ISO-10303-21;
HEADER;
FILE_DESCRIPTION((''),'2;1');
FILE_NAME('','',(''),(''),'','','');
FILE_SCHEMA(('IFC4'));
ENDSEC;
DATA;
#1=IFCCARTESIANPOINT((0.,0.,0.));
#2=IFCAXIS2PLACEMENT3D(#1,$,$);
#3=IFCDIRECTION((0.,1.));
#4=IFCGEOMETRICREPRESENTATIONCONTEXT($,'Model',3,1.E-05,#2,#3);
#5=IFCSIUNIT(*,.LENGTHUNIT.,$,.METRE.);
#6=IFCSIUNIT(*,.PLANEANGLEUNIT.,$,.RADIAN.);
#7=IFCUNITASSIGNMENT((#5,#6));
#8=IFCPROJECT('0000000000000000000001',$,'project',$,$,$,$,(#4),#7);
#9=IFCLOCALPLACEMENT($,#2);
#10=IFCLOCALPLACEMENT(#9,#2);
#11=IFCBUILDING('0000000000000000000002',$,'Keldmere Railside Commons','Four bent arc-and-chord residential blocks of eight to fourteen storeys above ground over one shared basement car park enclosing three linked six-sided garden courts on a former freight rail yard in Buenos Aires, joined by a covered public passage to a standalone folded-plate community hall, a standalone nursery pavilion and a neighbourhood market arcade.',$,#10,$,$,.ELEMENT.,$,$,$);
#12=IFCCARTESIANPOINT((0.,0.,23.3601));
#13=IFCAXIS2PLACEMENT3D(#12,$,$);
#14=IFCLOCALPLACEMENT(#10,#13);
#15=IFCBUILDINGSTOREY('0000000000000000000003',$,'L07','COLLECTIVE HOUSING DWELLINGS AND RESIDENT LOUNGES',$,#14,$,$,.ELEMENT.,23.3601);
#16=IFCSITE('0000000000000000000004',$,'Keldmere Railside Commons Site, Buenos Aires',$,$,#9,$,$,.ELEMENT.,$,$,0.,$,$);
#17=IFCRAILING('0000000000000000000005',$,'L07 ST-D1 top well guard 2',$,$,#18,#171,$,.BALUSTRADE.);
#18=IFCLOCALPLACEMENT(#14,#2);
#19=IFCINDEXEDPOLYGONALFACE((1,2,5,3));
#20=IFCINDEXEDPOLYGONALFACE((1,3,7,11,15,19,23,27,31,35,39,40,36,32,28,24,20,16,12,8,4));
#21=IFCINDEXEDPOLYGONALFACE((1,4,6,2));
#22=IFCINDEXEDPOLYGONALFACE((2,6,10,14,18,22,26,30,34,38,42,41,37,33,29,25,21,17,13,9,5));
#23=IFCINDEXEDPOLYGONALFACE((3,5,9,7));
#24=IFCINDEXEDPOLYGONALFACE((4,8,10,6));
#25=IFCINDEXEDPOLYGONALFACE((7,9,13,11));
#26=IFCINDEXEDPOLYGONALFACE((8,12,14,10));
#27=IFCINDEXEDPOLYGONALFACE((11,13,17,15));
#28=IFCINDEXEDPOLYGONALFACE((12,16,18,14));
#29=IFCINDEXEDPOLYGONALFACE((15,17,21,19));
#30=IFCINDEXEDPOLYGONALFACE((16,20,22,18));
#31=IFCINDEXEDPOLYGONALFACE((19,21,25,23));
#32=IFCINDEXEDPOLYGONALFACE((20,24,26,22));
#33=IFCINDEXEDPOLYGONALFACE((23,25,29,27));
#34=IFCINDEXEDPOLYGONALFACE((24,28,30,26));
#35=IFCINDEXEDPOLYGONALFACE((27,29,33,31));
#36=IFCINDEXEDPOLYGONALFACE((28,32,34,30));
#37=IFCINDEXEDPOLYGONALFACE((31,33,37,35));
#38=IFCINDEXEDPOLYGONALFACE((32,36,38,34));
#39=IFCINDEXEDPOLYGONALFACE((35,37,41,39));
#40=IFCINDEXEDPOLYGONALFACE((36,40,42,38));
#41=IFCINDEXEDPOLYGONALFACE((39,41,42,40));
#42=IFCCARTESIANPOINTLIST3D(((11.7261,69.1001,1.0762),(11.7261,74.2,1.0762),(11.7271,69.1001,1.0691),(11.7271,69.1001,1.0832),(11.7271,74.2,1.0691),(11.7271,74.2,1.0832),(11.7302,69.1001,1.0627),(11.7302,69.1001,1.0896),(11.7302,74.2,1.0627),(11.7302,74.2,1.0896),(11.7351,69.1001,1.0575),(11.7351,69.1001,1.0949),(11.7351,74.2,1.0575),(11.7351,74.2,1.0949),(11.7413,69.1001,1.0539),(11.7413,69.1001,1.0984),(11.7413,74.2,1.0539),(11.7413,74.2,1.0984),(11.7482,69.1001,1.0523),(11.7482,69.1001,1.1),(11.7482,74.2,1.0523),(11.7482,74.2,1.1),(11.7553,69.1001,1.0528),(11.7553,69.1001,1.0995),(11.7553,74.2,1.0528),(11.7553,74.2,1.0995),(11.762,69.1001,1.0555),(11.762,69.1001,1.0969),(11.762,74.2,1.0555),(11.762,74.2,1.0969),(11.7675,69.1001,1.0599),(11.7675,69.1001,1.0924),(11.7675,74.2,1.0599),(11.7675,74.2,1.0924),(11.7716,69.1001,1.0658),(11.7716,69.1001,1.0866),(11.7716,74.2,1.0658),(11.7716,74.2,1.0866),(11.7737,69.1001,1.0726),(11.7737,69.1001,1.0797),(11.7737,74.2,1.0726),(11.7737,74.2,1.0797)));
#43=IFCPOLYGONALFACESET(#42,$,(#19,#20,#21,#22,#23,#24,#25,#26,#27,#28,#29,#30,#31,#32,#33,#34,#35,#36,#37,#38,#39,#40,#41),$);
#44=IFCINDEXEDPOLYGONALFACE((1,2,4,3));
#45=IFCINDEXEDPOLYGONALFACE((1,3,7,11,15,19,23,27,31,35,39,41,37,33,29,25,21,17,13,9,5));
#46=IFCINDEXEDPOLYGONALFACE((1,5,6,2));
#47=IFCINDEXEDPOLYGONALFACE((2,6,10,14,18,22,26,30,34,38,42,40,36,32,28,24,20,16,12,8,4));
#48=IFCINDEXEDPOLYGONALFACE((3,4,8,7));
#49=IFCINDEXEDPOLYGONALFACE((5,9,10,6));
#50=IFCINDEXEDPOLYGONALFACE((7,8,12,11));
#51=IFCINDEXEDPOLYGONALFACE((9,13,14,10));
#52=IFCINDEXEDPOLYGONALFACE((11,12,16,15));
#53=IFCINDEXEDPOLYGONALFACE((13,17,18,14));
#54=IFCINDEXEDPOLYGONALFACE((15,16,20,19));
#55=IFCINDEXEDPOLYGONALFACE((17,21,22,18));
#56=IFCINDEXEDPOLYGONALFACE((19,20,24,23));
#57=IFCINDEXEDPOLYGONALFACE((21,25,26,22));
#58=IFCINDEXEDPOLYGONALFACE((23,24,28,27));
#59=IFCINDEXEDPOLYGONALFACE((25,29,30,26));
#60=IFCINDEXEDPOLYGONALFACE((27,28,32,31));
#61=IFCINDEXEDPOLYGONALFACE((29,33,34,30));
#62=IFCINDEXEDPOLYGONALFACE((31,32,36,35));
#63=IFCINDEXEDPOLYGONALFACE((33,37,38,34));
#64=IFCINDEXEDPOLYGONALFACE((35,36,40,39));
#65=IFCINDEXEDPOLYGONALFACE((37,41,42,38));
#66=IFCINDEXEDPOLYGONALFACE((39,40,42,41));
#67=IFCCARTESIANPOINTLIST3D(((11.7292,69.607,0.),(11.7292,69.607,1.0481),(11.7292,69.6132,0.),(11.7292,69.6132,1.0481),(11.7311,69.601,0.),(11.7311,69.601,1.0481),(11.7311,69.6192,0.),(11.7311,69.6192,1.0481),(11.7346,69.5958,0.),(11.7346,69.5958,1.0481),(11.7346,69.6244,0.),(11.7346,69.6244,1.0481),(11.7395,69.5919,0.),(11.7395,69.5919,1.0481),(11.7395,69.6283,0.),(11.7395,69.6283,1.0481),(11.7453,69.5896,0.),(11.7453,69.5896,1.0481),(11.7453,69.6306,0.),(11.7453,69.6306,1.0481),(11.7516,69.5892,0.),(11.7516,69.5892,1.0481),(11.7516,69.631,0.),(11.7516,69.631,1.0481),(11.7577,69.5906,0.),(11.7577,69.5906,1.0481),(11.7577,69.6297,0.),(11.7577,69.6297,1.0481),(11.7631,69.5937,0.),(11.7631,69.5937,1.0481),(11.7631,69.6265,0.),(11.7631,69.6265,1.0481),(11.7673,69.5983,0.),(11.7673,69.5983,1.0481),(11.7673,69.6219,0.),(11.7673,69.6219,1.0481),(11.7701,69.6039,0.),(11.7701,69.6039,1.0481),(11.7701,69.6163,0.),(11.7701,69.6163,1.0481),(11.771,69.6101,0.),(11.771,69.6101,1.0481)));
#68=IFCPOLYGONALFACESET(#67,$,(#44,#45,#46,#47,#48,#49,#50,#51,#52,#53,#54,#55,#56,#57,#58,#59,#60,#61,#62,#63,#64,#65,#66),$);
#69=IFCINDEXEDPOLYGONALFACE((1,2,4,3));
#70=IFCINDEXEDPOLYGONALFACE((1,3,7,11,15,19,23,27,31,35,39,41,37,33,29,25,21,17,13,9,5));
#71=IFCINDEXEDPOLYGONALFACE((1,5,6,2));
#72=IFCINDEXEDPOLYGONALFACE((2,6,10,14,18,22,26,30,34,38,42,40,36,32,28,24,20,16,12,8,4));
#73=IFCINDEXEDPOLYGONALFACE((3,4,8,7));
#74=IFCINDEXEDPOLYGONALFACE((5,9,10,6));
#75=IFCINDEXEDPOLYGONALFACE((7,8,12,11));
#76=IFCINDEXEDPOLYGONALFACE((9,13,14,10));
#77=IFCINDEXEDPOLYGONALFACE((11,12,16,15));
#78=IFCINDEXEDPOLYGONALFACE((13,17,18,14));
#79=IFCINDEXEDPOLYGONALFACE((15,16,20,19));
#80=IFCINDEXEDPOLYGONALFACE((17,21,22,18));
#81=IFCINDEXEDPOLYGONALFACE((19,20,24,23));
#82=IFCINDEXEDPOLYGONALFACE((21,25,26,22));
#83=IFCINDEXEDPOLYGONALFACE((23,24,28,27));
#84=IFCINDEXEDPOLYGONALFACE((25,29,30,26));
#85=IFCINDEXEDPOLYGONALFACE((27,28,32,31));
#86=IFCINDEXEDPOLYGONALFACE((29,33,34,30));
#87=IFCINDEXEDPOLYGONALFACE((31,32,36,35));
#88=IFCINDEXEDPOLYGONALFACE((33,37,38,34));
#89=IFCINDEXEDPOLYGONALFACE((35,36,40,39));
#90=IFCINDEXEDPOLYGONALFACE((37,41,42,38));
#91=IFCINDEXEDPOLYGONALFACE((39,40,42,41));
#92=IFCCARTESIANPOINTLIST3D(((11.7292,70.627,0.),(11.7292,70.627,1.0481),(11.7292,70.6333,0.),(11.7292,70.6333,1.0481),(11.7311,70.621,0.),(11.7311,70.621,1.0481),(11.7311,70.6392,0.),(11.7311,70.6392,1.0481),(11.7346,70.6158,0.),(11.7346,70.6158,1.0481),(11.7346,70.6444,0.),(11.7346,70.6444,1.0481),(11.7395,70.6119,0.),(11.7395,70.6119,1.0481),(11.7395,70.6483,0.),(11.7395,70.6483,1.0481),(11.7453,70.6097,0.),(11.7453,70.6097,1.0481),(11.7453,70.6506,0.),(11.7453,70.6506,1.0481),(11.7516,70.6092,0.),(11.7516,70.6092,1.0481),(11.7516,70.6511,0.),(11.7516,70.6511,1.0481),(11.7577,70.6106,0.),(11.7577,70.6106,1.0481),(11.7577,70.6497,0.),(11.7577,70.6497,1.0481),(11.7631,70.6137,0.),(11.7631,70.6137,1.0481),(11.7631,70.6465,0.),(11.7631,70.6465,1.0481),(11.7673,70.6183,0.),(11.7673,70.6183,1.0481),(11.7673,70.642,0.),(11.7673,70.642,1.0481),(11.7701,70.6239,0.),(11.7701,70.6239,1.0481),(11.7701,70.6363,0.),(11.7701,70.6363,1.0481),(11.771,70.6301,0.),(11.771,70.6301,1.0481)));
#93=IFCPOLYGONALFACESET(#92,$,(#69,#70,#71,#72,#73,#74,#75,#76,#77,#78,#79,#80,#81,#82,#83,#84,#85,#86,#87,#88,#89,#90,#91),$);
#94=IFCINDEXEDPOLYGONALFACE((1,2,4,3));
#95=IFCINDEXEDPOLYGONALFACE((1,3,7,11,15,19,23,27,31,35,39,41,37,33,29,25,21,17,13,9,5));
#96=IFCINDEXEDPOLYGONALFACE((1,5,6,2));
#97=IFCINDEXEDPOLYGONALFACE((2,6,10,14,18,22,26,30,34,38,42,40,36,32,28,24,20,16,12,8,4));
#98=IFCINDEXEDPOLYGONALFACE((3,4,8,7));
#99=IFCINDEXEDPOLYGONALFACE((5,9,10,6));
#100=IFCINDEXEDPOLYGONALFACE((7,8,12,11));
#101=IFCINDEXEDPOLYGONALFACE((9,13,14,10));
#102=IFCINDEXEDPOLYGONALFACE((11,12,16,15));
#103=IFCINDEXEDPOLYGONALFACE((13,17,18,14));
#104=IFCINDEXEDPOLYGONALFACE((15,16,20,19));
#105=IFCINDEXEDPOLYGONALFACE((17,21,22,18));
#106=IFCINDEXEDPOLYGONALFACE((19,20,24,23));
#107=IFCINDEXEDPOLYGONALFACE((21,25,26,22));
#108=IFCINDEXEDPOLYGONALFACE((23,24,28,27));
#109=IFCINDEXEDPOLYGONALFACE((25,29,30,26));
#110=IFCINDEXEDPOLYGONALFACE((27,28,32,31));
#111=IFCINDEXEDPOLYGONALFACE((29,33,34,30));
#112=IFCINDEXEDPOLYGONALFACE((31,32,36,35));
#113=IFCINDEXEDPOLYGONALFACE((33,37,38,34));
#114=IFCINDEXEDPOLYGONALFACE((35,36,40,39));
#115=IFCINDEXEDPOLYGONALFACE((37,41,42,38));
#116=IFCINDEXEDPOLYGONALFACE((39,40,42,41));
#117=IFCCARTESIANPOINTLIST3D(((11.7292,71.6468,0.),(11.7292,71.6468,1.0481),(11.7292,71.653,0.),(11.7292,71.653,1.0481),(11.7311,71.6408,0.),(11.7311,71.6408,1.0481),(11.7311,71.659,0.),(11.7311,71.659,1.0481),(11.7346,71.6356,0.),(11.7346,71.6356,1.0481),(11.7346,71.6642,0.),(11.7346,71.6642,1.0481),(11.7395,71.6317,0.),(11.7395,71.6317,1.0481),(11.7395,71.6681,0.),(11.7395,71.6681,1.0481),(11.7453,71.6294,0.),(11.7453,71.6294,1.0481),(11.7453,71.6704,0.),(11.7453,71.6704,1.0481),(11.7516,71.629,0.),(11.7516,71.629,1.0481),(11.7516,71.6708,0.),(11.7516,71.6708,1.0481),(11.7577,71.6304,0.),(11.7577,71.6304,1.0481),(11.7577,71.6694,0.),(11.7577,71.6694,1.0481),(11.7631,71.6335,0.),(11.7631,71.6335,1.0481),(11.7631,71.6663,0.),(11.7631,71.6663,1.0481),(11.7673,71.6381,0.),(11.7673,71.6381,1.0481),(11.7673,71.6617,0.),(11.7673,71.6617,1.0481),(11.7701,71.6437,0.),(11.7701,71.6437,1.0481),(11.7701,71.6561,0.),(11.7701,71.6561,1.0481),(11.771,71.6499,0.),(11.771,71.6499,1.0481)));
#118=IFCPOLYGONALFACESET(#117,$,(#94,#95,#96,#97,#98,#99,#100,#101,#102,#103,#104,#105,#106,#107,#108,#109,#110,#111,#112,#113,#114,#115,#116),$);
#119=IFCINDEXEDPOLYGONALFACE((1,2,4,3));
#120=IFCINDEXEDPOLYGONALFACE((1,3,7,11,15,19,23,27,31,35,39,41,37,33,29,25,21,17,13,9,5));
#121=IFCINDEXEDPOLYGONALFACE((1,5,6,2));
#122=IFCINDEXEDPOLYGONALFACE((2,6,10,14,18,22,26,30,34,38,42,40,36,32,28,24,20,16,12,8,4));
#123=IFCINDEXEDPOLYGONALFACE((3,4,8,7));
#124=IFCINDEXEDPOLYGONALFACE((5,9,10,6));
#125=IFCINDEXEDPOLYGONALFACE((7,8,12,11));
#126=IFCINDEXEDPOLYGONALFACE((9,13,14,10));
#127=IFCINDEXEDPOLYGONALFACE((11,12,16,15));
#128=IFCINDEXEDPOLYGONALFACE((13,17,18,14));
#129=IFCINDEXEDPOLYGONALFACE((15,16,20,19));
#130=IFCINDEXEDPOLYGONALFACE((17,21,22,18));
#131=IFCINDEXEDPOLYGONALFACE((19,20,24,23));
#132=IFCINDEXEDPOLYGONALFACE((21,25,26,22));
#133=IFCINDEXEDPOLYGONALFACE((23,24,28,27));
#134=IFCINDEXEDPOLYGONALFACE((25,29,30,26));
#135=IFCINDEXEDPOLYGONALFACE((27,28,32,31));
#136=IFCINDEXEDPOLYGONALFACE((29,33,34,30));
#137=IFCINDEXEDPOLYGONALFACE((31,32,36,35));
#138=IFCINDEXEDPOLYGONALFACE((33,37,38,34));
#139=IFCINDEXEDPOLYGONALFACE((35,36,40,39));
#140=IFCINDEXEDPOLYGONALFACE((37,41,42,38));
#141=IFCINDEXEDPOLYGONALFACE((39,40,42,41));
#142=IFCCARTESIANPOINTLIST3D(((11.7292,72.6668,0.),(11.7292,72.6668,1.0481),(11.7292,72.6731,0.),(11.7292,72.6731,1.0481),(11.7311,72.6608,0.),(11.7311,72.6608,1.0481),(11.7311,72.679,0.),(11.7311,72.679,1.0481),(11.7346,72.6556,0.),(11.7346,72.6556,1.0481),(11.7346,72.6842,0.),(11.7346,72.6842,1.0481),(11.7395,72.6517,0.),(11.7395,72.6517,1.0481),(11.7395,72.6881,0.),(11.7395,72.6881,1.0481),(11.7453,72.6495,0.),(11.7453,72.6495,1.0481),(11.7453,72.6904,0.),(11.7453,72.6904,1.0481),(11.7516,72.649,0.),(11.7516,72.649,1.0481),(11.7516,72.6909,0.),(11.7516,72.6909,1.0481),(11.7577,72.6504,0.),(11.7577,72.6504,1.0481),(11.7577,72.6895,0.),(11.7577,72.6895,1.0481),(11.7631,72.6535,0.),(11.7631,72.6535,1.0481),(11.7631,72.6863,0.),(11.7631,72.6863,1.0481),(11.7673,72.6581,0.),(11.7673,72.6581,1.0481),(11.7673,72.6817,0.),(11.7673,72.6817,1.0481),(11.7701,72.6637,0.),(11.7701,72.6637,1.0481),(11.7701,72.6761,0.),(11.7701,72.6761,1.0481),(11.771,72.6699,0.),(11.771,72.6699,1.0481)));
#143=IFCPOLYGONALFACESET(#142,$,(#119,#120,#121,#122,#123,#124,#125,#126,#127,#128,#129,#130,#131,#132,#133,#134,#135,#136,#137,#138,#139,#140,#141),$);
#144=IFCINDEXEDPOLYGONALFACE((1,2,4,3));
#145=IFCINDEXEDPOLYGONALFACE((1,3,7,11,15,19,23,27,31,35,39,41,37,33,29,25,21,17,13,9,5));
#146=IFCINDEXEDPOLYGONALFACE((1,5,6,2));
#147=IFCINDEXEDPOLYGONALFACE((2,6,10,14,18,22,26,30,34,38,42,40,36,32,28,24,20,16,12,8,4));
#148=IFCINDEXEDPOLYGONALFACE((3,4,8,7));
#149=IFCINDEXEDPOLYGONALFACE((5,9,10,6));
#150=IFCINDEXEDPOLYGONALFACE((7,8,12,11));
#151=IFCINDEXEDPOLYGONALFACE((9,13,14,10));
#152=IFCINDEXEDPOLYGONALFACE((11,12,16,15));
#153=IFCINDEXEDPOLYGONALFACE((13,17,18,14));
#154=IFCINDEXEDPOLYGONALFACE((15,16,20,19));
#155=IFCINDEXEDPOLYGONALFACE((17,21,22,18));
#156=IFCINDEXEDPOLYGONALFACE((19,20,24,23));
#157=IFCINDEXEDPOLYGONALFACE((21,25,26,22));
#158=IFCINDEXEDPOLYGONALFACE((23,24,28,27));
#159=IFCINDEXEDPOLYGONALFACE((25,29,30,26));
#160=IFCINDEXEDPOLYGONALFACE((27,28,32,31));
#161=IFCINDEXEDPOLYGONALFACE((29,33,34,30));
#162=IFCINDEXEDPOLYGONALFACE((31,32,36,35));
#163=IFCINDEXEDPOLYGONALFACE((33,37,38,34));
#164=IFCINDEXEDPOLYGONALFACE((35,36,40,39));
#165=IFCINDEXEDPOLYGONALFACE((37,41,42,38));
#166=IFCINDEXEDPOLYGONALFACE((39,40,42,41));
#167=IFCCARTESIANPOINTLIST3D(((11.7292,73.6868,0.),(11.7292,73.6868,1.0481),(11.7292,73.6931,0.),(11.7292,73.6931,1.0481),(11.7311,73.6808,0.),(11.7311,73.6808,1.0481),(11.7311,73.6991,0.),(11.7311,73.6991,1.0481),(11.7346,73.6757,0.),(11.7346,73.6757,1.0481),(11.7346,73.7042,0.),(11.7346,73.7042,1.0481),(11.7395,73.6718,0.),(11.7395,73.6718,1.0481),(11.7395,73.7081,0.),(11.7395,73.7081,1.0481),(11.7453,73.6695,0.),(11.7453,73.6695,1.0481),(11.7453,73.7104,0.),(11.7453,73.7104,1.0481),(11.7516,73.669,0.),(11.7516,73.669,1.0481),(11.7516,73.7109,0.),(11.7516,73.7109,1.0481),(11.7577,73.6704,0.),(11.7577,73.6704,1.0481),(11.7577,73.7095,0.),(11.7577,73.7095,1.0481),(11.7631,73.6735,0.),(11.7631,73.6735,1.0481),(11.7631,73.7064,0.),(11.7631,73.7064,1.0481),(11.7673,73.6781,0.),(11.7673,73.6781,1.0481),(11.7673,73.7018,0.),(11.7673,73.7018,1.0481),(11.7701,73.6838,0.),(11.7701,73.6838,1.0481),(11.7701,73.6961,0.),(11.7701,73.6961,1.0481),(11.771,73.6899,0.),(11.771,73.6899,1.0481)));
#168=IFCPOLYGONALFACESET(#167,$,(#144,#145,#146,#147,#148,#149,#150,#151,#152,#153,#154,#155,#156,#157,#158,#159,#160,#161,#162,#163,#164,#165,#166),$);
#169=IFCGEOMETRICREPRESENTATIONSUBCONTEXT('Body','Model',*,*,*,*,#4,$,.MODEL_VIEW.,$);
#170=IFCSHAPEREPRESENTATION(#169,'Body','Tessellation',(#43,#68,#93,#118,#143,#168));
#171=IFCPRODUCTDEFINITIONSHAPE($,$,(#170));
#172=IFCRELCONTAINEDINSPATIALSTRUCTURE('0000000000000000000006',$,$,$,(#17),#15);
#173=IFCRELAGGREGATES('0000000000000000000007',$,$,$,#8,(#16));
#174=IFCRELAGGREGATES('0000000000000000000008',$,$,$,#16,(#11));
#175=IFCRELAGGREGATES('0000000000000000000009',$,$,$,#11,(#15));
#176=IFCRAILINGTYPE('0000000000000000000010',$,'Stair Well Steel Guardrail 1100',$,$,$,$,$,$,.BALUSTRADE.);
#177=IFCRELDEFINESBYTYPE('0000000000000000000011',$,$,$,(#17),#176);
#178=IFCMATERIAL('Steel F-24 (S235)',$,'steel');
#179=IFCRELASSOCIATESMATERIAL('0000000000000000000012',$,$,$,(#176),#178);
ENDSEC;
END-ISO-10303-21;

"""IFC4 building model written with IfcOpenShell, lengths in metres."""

from ifc_helpers import new_model, si_unit, direction, frame, origin, origin_2d, place, context, subcontext, project, spatial, circle, extrude, material, type_object, element, save


model = new_model("IFC4")

# Units and contexts
model_context = context("Model", 3, precision=1e-05, world=origin(), true_north=direction((0.0, 1.0)))
body_context = subcontext(model_context, "Body", "Model", "MODEL_VIEW")
ifc_project = project(units=[si_unit("LENGTHUNIT", "METRE"), si_unit("PLANEANGLEUNIT", "RADIAN")], contexts=[model_context])

# Site, building, storey
site_placement = place(None, origin())
site = spatial("IfcSite", under=ifc_project, at=site_placement, Name="Keldmere Railside Commons Site, Buenos Aires", CompositionType="ELEMENT", RefElevation=0.0)
building_placement = place(site_placement, origin())
building = spatial("IfcBuilding", under=site, at=building_placement, Name="Keldmere Railside Commons", Description="Four bent arc-and-chord residential blocks of eight to fourteen storeys above ground over one shared basement car park enclosing three linked six-sided garden courts on a former freight rail yard in Buenos Aires, joined by a covered public passage to a standalone folded-plate community hall, a standalone nursery pavilion and a neighbourhood market arcade.", CompositionType="ELEMENT")
storey_placement = place(building_placement, frame((0.0, 0.0, 23.3601)))
storey = spatial("IfcBuildingStorey", under=building, at=storey_placement, Name="L07", Description="COLLECTIVE HOUSING DWELLINGS AND RESIDENT LOUNGES", CompositionType="ELEMENT", Elevation=23.3601)

# Shared definitions
ifc_material_1 = material(Name="Steel F-24 (S235)", Category="steel")

# Railing
railing_type_1 = type_object("IfcRailingType", Name="Stair Well Steel Guardrail 1100", PredefinedType="BALUSTRADE", material=ifc_material_1)
for number, where, name in (
    (1, (11.75, 69.1001, 0.0), "L07 ST-D1 top well guard 2"),
):
    element("IfcRailing", number, at=place(storey_placement, frame(where)), inside=storey, type_object=railing_type_1, Name=name, PredefinedType="BALUSTRADE", context=body_context, shape_type="SweptSolid", body=[
        extrude(circle(Radius=0.0239, at=origin_2d()), frame((0.0, 0.0, 1.0762), z_axis=(0.0, 1.0, 0.0), x_axis=(-1.0, 0.0, 0.0)), (0.0, 0.0, 1.0), 5.0999),
        extrude(circle(Radius=0.021, at=origin_2d()), frame((0.0, 0.51, 0.0)), (0.0, 0.0, 1.0), 1.0481),
        extrude(circle(Radius=0.021, at=origin_2d()), frame((0.0, 1.53, 0.0)), (0.0, 0.0, 1.0), 1.0481),
        extrude(circle(Radius=0.021, at=origin_2d()), frame((0.0, 2.5498, 0.0)), (0.0, 0.0, 1.0), 1.0481),
        extrude(circle(Radius=0.021, at=origin_2d()), frame((0.0, 3.5698, 0.0)), (0.0, 0.0, 1.0), 1.0481),
        extrude(circle(Radius=0.021, at=origin_2d()), frame((0.0, 4.5898, 0.0)), (0.0, 0.0, 1.0), 1.0481),
    ])

save(model, "model.ifc")
